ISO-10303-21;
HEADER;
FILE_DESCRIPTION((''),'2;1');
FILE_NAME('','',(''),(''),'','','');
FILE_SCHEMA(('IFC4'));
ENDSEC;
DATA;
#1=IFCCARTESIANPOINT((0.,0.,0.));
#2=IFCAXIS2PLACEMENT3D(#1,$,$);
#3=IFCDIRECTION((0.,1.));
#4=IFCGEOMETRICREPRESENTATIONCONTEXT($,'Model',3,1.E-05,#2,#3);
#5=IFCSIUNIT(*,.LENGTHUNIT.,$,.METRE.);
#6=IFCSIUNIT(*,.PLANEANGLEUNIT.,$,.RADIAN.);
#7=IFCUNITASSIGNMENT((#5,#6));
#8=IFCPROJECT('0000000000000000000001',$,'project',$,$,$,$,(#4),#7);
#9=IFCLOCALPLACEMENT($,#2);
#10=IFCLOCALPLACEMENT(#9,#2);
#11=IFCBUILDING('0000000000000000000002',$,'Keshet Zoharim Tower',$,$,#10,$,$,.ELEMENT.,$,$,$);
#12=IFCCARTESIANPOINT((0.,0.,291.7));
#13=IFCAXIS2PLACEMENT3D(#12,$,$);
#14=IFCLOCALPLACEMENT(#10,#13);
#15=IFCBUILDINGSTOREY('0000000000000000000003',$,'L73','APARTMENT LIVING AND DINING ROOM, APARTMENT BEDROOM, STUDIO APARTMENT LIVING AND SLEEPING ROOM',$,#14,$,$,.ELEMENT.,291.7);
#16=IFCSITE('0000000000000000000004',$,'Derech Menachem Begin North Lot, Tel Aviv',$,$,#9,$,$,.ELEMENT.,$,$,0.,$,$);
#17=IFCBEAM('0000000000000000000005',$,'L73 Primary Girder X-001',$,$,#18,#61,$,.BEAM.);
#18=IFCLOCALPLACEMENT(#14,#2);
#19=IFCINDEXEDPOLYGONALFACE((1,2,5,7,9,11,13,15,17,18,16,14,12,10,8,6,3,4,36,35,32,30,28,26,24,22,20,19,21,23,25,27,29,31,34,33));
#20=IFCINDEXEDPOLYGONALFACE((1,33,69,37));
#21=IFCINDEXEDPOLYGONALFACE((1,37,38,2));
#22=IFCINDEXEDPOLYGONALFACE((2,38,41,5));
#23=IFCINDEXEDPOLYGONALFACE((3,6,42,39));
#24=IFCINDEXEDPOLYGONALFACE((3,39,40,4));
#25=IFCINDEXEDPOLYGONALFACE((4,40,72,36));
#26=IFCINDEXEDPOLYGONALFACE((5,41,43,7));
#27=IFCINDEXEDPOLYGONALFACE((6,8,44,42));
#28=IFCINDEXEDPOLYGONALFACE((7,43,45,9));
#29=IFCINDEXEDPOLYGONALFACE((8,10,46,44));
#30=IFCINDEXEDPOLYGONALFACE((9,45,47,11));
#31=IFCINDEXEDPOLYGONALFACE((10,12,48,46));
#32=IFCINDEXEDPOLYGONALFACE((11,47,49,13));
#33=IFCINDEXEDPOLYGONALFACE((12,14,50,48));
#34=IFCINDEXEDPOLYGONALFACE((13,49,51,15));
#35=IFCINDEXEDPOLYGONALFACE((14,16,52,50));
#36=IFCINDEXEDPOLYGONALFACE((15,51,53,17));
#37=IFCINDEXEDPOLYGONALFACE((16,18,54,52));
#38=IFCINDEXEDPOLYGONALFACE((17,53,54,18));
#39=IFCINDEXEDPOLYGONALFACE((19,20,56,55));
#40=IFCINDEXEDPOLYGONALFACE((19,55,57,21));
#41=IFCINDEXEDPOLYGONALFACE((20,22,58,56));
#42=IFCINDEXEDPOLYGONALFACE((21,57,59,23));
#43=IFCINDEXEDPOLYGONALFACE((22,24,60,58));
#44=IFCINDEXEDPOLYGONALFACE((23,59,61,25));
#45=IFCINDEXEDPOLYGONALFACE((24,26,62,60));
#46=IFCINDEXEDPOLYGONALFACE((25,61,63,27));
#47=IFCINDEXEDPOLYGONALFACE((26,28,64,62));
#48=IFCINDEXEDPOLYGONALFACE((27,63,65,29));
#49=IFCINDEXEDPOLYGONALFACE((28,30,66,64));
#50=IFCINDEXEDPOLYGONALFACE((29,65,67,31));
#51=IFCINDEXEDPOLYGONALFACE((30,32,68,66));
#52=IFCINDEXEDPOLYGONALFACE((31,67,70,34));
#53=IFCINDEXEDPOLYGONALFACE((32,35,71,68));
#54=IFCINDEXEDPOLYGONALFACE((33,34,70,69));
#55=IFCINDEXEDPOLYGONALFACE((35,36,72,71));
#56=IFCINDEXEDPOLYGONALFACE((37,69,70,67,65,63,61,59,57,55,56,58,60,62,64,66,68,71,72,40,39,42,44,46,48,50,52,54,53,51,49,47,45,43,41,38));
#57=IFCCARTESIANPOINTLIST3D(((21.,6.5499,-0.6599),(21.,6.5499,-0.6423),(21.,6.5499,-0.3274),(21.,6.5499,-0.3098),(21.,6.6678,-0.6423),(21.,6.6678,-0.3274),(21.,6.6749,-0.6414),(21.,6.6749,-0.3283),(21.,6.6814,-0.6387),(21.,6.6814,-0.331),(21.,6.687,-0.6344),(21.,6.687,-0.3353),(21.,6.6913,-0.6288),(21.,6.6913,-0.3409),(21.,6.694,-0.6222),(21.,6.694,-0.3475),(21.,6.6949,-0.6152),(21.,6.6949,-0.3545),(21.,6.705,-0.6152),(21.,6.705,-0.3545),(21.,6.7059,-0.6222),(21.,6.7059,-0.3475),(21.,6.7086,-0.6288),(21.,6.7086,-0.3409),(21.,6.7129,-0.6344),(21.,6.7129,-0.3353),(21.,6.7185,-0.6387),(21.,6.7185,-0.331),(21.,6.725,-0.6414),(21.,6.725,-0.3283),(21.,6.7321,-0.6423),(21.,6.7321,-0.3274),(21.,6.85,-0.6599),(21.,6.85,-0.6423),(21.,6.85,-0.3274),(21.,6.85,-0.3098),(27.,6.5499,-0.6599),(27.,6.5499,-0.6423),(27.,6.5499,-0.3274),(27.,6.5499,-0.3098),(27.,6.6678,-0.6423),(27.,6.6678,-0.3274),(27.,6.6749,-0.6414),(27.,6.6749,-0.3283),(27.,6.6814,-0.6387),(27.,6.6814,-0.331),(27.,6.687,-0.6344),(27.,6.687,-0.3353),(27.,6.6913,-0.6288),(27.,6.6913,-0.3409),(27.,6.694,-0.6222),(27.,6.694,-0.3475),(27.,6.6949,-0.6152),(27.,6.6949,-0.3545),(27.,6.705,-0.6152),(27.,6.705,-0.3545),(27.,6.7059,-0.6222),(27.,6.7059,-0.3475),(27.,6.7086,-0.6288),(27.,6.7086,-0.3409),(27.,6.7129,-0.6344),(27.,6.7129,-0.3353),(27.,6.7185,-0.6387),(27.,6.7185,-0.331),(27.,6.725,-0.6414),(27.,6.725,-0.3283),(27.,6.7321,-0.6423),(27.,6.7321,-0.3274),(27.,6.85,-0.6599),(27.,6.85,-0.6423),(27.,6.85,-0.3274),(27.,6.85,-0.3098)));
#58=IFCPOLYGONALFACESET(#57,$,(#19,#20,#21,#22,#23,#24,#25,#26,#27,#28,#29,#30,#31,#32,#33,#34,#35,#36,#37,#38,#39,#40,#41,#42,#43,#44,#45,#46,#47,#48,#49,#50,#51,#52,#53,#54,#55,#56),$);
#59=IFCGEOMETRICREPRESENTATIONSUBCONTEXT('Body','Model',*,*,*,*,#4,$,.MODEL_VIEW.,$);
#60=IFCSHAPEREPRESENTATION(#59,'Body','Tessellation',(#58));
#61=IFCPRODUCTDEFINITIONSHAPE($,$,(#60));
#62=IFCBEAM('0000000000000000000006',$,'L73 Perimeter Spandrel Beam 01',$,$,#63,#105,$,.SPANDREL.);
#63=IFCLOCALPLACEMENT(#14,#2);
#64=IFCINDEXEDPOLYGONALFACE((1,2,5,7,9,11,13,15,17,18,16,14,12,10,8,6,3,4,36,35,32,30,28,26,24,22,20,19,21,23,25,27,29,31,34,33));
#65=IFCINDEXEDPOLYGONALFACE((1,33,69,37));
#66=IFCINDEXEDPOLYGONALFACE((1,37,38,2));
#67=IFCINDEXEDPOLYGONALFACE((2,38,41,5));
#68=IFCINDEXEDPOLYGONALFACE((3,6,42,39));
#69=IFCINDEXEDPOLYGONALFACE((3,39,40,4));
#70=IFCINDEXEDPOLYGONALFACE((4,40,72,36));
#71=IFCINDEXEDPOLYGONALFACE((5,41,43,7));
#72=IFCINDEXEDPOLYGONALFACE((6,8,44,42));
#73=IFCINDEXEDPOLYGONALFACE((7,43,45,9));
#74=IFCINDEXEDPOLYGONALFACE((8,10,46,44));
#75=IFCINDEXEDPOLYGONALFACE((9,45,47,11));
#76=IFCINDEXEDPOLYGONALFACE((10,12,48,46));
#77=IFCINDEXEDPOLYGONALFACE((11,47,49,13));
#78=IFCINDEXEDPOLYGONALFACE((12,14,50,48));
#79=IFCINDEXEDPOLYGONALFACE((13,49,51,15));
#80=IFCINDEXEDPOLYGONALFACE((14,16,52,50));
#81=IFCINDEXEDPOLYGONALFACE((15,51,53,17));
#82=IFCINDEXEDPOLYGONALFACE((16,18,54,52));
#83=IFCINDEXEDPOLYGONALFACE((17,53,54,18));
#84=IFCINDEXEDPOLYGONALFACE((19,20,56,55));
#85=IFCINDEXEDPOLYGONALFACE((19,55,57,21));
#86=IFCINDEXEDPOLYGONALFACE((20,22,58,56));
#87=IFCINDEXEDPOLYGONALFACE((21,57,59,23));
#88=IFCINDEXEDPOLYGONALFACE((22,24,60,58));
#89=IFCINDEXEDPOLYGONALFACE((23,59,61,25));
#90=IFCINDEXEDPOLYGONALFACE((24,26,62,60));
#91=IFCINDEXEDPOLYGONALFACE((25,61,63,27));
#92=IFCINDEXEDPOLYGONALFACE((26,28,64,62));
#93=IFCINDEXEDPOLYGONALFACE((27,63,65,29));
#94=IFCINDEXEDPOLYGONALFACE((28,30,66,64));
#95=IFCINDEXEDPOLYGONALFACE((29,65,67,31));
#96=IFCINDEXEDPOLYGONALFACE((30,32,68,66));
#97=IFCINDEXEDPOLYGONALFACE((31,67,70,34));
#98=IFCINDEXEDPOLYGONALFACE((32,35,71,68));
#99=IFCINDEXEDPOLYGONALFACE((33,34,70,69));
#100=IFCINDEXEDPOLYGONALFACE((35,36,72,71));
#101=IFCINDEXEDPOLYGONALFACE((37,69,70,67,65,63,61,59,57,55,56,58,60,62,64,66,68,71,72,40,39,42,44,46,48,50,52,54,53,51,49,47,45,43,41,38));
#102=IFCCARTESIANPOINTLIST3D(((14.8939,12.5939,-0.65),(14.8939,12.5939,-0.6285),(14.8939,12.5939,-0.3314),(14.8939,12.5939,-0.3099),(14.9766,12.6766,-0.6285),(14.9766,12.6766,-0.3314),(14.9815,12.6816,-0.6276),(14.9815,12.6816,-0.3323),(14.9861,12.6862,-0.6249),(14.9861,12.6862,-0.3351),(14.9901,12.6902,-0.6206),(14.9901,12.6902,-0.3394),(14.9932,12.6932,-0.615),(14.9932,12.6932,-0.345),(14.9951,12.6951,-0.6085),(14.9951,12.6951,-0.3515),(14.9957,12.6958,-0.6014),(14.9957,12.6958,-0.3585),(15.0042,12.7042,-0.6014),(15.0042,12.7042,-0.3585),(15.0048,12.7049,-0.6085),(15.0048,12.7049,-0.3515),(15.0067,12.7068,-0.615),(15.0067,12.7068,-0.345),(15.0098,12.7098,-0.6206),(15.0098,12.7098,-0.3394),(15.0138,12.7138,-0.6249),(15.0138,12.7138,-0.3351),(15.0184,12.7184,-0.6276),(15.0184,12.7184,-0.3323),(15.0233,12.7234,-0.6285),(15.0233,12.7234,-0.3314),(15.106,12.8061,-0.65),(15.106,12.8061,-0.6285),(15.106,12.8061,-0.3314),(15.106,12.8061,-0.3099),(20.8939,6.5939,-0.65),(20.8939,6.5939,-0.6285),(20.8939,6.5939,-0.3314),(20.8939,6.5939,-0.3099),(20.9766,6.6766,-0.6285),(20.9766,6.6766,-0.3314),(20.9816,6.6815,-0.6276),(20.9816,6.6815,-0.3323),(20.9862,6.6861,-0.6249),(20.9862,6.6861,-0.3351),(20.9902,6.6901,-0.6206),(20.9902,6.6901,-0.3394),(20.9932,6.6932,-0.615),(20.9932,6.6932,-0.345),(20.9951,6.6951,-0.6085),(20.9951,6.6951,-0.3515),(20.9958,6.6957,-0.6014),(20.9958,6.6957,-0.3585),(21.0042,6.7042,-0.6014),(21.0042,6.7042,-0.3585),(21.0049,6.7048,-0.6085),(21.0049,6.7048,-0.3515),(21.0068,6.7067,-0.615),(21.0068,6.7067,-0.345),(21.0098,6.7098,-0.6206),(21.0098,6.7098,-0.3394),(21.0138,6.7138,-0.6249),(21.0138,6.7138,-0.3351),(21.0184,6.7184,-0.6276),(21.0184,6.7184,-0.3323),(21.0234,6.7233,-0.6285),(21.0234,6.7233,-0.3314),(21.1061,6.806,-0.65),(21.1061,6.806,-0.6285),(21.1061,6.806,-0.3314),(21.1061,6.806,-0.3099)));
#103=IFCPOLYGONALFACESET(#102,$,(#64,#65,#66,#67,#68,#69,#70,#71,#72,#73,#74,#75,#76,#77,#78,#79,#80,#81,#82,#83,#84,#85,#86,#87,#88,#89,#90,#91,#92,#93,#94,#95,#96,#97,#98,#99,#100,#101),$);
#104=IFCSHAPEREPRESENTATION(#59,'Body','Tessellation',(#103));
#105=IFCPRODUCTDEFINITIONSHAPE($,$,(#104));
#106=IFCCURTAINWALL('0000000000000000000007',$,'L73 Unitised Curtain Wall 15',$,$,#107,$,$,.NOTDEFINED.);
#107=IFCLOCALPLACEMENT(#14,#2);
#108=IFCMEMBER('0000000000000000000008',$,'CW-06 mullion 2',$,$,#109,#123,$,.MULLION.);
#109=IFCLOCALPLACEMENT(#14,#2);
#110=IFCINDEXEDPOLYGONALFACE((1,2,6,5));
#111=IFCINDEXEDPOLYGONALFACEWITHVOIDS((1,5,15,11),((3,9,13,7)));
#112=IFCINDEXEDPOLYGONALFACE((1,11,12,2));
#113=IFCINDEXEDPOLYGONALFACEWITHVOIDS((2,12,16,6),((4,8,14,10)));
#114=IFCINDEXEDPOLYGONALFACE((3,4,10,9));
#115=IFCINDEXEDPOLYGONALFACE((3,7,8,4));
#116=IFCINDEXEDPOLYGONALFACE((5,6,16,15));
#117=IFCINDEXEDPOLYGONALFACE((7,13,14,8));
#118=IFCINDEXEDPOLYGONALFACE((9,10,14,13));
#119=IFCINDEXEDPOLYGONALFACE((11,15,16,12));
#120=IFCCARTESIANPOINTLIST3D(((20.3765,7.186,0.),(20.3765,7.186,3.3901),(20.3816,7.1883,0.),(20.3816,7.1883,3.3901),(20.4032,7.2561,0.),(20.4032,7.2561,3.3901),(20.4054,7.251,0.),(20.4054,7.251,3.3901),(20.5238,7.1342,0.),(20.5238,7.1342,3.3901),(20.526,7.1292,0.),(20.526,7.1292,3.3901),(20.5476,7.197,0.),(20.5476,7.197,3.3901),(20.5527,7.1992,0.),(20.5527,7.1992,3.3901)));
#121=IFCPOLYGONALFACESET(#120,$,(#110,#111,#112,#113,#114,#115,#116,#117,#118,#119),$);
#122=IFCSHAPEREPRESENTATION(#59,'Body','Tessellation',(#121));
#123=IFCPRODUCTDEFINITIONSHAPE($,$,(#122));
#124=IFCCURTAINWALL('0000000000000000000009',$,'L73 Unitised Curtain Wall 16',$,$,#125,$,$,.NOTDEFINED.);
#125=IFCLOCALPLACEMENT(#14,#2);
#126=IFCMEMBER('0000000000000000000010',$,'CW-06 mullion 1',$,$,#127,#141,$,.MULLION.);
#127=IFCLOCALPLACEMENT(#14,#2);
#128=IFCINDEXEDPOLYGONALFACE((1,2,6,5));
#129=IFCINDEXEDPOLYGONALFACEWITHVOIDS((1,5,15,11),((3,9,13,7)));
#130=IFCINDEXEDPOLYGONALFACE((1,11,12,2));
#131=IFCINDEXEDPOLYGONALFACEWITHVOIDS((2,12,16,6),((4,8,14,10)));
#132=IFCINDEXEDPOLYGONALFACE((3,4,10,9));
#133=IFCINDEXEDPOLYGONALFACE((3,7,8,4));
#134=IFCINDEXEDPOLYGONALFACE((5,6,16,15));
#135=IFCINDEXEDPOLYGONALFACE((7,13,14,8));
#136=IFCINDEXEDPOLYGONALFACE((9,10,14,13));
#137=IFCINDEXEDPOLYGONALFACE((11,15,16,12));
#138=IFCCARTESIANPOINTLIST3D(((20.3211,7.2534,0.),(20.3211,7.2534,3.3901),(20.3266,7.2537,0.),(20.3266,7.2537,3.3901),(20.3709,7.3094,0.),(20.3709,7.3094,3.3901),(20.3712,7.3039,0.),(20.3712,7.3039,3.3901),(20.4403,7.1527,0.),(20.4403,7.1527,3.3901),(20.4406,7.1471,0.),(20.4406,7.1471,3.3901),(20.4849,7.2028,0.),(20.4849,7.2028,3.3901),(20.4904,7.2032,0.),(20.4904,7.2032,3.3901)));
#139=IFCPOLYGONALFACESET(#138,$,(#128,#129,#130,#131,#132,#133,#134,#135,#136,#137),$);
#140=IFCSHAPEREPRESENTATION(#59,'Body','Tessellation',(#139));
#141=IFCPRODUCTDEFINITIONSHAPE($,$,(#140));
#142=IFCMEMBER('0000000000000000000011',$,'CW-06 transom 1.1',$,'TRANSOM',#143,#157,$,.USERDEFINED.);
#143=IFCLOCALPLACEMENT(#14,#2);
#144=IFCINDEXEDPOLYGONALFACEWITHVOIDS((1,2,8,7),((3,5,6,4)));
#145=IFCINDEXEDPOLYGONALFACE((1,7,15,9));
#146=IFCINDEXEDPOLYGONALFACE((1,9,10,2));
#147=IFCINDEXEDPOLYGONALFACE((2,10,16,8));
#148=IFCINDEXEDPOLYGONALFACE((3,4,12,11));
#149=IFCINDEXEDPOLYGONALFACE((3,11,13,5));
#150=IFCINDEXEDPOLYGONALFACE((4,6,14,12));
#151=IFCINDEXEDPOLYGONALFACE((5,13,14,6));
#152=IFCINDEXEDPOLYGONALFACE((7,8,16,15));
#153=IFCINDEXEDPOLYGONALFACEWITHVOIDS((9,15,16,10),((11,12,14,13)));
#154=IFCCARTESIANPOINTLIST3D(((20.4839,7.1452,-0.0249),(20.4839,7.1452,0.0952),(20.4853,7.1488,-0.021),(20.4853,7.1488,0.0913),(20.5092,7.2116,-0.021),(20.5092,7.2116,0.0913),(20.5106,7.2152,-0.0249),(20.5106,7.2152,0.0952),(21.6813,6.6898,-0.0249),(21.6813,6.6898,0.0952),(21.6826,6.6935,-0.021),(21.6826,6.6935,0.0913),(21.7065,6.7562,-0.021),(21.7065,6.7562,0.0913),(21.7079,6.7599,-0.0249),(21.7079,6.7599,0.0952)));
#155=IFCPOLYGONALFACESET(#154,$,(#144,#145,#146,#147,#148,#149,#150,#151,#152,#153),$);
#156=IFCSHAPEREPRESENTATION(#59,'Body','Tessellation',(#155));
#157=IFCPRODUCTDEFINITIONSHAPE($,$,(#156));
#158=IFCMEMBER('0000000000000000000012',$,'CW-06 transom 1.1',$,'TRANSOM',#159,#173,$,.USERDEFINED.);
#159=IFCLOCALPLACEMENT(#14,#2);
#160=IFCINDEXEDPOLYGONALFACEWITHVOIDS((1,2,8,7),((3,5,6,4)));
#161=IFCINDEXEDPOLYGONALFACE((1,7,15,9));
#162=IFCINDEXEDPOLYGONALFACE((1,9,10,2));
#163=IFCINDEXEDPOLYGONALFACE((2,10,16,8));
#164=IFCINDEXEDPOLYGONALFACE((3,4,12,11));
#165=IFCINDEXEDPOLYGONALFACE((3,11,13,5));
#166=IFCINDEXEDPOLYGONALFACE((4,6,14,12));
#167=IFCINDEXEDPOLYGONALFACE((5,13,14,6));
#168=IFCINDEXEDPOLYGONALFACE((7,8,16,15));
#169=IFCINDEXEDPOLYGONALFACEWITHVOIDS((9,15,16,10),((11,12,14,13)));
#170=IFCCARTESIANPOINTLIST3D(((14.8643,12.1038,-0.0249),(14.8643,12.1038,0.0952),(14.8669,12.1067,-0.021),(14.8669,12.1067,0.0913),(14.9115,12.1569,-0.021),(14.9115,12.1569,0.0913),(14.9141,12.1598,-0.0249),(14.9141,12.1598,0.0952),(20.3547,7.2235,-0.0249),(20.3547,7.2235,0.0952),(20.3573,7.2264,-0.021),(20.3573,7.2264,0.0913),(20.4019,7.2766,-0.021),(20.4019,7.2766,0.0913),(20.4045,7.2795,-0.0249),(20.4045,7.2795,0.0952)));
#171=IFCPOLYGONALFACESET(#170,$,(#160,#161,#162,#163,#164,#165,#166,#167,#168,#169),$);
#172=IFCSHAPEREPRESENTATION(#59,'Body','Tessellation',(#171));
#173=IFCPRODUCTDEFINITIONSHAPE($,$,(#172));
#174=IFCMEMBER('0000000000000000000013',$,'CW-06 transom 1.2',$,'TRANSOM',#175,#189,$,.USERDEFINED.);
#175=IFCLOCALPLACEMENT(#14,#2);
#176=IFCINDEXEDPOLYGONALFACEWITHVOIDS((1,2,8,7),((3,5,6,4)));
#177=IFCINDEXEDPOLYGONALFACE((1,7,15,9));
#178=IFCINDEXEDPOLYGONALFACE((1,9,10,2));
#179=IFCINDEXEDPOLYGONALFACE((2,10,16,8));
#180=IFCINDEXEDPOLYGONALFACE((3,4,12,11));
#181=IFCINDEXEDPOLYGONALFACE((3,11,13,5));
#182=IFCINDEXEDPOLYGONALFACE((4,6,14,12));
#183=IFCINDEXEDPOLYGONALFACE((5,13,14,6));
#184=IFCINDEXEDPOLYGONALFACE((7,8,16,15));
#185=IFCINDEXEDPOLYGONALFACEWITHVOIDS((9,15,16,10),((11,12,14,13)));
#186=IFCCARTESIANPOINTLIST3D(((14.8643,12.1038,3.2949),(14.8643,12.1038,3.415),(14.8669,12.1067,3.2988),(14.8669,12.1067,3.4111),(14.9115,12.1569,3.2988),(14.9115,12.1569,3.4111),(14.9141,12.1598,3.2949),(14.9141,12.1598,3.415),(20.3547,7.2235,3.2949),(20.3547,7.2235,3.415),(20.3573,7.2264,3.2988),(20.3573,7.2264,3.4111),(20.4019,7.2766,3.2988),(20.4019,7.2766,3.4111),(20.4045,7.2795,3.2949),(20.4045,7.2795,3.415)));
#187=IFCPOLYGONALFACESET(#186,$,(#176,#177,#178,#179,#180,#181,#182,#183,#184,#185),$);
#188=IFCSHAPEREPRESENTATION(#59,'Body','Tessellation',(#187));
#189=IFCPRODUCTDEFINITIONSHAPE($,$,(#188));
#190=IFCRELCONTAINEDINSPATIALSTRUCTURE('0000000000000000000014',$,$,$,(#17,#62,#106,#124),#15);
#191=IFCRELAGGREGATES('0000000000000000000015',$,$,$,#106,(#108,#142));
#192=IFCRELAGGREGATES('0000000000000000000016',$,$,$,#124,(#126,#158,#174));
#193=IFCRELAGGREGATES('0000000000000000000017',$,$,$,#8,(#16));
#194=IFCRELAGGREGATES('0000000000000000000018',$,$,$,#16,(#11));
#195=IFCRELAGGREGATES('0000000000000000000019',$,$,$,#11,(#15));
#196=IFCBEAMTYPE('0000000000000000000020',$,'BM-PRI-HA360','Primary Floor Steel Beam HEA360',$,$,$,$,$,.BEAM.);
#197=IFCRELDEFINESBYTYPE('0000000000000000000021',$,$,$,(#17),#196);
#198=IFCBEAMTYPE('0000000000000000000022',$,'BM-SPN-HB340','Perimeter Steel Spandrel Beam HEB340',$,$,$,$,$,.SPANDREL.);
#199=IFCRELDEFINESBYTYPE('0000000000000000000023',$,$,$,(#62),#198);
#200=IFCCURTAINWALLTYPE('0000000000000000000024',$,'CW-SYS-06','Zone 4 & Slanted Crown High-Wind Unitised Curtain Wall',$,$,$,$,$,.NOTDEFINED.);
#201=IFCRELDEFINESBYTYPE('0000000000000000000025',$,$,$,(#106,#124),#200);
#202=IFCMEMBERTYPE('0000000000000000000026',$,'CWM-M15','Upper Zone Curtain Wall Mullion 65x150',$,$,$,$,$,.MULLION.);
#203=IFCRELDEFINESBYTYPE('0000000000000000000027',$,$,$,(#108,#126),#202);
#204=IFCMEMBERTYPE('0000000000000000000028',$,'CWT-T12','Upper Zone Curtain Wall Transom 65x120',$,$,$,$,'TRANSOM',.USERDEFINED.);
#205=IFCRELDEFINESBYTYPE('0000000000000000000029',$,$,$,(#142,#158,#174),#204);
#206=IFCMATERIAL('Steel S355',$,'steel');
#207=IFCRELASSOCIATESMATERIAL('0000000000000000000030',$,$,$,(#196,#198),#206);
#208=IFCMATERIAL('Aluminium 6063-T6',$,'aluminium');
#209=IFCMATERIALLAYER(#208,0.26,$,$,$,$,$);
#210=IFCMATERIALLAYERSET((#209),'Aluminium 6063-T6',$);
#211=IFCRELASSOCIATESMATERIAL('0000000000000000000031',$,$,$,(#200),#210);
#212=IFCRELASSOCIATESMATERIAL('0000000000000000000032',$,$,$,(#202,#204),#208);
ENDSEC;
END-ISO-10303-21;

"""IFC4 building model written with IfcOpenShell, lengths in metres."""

from ifc_helpers import new_model, si_unit, direction, frame, origin, origin_2d, place, context, subcontext, project, spatial, hollow_rectangle, i_section, extrude, material, layer, layer_set, material_profile, profile_set, type_object, element, aggregate, save


model = new_model("IFC4")

# Units and contexts
model_context = context("Model", 3, precision=1e-05, world=origin(), true_north=direction((0.0, 1.0)))
body_context = subcontext(model_context, "Body", "Model", "MODEL_VIEW")
ifc_project = project(units=[si_unit("LENGTHUNIT", "METRE"), si_unit("PLANEANGLEUNIT", "RADIAN")], contexts=[model_context])

# Site, building, storey
site_placement = place(None, origin())
site = spatial("IfcSite", under=ifc_project, at=site_placement, Name="Derech Menachem Begin North Lot, Tel Aviv", CompositionType="ELEMENT", RefElevation=0.0)
building_placement = place(site_placement, origin())
building = spatial("IfcBuilding", under=site, at=building_placement, Name="Keshet Zoharim Tower", CompositionType="ELEMENT")
storey_placement = place(building_placement, frame((0.0, 0.0, 291.7)))
storey = spatial("IfcBuildingStorey", under=building, at=storey_placement, Name="L73", Description="APARTMENT LIVING AND DINING ROOM, APARTMENT BEDROOM, STUDIO APARTMENT LIVING AND SLEEPING ROOM", CompositionType="ELEMENT", Elevation=291.7)

# Shared definitions
ifc_material_1 = material(Name="Steel S355", Category="steel")

# Beams
ifc_material_profile_1 = material_profile(ifc_material_1, i_section(OverallWidth=0.3, OverallDepth=0.3501, WebThickness=0.01, FlangeThickness=0.0176, FilletRadius=0.0271, at=origin_2d()), Name="HEA360")
ifc_profile_set_1 = profile_set([ifc_material_profile_1], Name="Steel S355")
beam_type_1 = type_object("IfcBeamType", Name="BM-PRI-HA360", Description="Primary Floor Steel Beam HEA360", PredefinedType="BEAM", material=ifc_profile_set_1)
beam_1_placement = place(storey_placement, frame((21.0, 6.7, -0.4849), z_axis=(1.0, 0.0, 0.0), x_axis=(0.0, 1.0, 0.0)))
element("IfcBeam", 1, at=beam_1_placement, inside=storey, type_object=beam_type_1, Name="L73 Primary Girder X-001", PredefinedType="BEAM", context=body_context, shape_type="SweptSolid", body=[
    extrude(i_section(OverallWidth=0.3, OverallDepth=0.3501, WebThickness=0.01, FlangeThickness=0.0176, FilletRadius=0.0271, at=origin_2d()), origin(), (0.0, 0.0, 1.0), 6.0),
])
ifc_material_profile_2 = material_profile(ifc_material_1, i_section(OverallWidth=0.3, OverallDepth=0.3401, WebThickness=0.012, FlangeThickness=0.0215, FilletRadius=0.0271, at=origin_2d()), Name="HEB340")
ifc_profile_set_2 = profile_set([ifc_material_profile_2], Name="Steel S355")
beam_type_2 = type_object("IfcBeamType", Name="BM-SPN-HB340", Description="Perimeter Steel Spandrel Beam HEB340", PredefinedType="SPANDREL", material=ifc_profile_set_2)
beam_2_placement = place(storey_placement, frame((21.0, 6.7, -0.48), z_axis=(-0.707107, 0.707107, 0.0), x_axis=(-0.707107, -0.707107, 0.0)))
element("IfcBeam", 2, at=beam_2_placement, inside=storey, type_object=beam_type_2, Name="L73 Perimeter Spandrel Beam 01", PredefinedType="SPANDREL", context=body_context, shape_type="SweptSolid", body=[
    extrude(i_section(OverallWidth=0.3, OverallDepth=0.3401, WebThickness=0.012, FlangeThickness=0.0215, FilletRadius=0.0271, at=origin_2d()), origin(), (0.0, 0.0, 1.0), 8.4854),
])

# Curtain walls, members
ifc_material_2 = material(Name="Aluminium 6063-T6", Category="aluminium")
ifc_layer_1 = layer(ifc_material_2, 0.26)
ifc_layer_set_1 = layer_set([ifc_layer_1], Name="Aluminium 6063-T6")
curtain_wall_type = type_object("IfcCurtainWallType", Name="CW-SYS-06", Description="Zone 4 & Slanted Crown High-Wind Unitised Curtain Wall", PredefinedType="NOTDEFINED", material=ifc_layer_set_1)
curtain_wall_1_placement = place(storey_placement, origin())
curtain_wall_1 = element("IfcCurtainWall", 3, at=curtain_wall_1_placement, inside=storey, type_object=curtain_wall_type, Name="L73 Unitised Curtain Wall 15", PredefinedType="NOTDEFINED")
ifc_material_profile_3 = material_profile(ifc_material_2, hollow_rectangle(XDim=0.075, YDim=0.1599, WallThickness=0.0039, at=origin_2d()), Name="MUL-75x160")
ifc_profile_set_3 = profile_set([ifc_material_profile_3], Name="Aluminium 6063-T6")
member_type_1 = type_object("IfcMemberType", Name="CWM-M15", Description="Upper Zone Curtain Wall Mullion 65x150", PredefinedType="MULLION", material=ifc_profile_set_3)
member_1_placement = place(storey_placement, frame((20.4646, 7.1926, 0.0), z_axis=(0.0, 0.0, 1.0), x_axis=(-0.355439, -0.934699, 0.0)))
member_1 = element("IfcMember", 4, at=member_1_placement, type_object=member_type_1, Name="CW-06 mullion 2", PredefinedType="MULLION", context=body_context, shape_type="SweptSolid", body=[
    extrude(hollow_rectangle(XDim=0.075, YDim=0.1599, WallThickness=0.0039, at=origin_2d()), origin(), (0.0, 0.0, 1.0), 3.3901),
])
curtain_wall_2_placement = place(storey_placement, origin())
curtain_wall_2 = element("IfcCurtainWall", 5, at=curtain_wall_2_placement, inside=storey, type_object=curtain_wall_type, Name="L73 Unitised Curtain Wall 16", PredefinedType="NOTDEFINED")
member_2_placement = place(storey_placement, frame((20.4058, 7.2283, 0.0), z_axis=(0.0, 0.0, 1.0), x_axis=(-0.664362, -0.747411, 0.0)))
member_2 = element("IfcMember", 6, at=member_2_placement, type_object=member_type_1, Name="CW-06 mullion 1", PredefinedType="MULLION", context=body_context, shape_type="SweptSolid", body=[
    extrude(hollow_rectangle(XDim=0.075, YDim=0.1599, WallThickness=0.0039, at=origin_2d()), origin(), (0.0, 0.0, 1.0), 3.3901),
])

# Members
ifc_material_profile_4 = material_profile(ifc_material_2, hollow_rectangle(XDim=0.075, YDim=0.1201, WallThickness=0.0039, at=origin_2d()), Name="TRN-75x120")
ifc_profile_set_4 = profile_set([ifc_material_profile_4], Name="Aluminium 6063-T6")
member_type_2 = type_object("IfcMemberType", Name="CWT-T12", Description="Upper Zone Curtain Wall Transom 65x120", ElementType="TRANSOM", PredefinedType="USERDEFINED", material=ifc_profile_set_4)
member_3_placement = place(storey_placement, frame((21.6946, 6.7249, 0.0352), z_axis=(-0.93469, 0.355464, 0.0), x_axis=(-0.355464, -0.93469, 0.0)))
member_3 = element("IfcMember", 7, at=member_3_placement, type_object=member_type_2, Name="CW-06 transom 1.1", ObjectType="TRANSOM", PredefinedType="USERDEFINED", context=body_context, shape_type="SweptSolid", body=[
    extrude(hollow_rectangle(XDim=0.075, YDim=0.1201, WallThickness=0.0039, at=origin_2d()), origin(), (0.0, 0.0, 1.0), 1.281),
])
member_4_placement = place(storey_placement, frame((20.3796, 7.2515, 0.0352), z_axis=(-0.747413, 0.66436, 0.0), x_axis=(-0.66436, -0.747413, 0.0)))
member_4 = element("IfcMember", 8, at=member_4_placement, type_object=member_type_2, Name="CW-06 transom 1.1", ObjectType="TRANSOM", PredefinedType="USERDEFINED", context=body_context, shape_type="SweptSolid", body=[
    extrude(hollow_rectangle(XDim=0.075, YDim=0.1201, WallThickness=0.0039, at=origin_2d()), origin(), (0.0, 0.0, 1.0), 7.3459),
])
member_5_placement = place(storey_placement, frame((20.3796, 7.2515, 3.355), z_axis=(-0.747413, 0.66436, 0.0), x_axis=(-0.66436, -0.747413, 0.0)))
member_5 = element("IfcMember", 9, at=member_5_placement, type_object=member_type_2, Name="CW-06 transom 1.2", ObjectType="TRANSOM", PredefinedType="USERDEFINED", context=body_context, shape_type="SweptSolid", body=[
    extrude(hollow_rectangle(XDim=0.075, YDim=0.1201, WallThickness=0.0039, at=origin_2d()), origin(), (0.0, 0.0, 1.0), 7.3459),
])

aggregate(curtain_wall_1, [member_1, member_3])
aggregate(curtain_wall_2, [member_2, member_4, member_5])

save(model, "model.ifc")
